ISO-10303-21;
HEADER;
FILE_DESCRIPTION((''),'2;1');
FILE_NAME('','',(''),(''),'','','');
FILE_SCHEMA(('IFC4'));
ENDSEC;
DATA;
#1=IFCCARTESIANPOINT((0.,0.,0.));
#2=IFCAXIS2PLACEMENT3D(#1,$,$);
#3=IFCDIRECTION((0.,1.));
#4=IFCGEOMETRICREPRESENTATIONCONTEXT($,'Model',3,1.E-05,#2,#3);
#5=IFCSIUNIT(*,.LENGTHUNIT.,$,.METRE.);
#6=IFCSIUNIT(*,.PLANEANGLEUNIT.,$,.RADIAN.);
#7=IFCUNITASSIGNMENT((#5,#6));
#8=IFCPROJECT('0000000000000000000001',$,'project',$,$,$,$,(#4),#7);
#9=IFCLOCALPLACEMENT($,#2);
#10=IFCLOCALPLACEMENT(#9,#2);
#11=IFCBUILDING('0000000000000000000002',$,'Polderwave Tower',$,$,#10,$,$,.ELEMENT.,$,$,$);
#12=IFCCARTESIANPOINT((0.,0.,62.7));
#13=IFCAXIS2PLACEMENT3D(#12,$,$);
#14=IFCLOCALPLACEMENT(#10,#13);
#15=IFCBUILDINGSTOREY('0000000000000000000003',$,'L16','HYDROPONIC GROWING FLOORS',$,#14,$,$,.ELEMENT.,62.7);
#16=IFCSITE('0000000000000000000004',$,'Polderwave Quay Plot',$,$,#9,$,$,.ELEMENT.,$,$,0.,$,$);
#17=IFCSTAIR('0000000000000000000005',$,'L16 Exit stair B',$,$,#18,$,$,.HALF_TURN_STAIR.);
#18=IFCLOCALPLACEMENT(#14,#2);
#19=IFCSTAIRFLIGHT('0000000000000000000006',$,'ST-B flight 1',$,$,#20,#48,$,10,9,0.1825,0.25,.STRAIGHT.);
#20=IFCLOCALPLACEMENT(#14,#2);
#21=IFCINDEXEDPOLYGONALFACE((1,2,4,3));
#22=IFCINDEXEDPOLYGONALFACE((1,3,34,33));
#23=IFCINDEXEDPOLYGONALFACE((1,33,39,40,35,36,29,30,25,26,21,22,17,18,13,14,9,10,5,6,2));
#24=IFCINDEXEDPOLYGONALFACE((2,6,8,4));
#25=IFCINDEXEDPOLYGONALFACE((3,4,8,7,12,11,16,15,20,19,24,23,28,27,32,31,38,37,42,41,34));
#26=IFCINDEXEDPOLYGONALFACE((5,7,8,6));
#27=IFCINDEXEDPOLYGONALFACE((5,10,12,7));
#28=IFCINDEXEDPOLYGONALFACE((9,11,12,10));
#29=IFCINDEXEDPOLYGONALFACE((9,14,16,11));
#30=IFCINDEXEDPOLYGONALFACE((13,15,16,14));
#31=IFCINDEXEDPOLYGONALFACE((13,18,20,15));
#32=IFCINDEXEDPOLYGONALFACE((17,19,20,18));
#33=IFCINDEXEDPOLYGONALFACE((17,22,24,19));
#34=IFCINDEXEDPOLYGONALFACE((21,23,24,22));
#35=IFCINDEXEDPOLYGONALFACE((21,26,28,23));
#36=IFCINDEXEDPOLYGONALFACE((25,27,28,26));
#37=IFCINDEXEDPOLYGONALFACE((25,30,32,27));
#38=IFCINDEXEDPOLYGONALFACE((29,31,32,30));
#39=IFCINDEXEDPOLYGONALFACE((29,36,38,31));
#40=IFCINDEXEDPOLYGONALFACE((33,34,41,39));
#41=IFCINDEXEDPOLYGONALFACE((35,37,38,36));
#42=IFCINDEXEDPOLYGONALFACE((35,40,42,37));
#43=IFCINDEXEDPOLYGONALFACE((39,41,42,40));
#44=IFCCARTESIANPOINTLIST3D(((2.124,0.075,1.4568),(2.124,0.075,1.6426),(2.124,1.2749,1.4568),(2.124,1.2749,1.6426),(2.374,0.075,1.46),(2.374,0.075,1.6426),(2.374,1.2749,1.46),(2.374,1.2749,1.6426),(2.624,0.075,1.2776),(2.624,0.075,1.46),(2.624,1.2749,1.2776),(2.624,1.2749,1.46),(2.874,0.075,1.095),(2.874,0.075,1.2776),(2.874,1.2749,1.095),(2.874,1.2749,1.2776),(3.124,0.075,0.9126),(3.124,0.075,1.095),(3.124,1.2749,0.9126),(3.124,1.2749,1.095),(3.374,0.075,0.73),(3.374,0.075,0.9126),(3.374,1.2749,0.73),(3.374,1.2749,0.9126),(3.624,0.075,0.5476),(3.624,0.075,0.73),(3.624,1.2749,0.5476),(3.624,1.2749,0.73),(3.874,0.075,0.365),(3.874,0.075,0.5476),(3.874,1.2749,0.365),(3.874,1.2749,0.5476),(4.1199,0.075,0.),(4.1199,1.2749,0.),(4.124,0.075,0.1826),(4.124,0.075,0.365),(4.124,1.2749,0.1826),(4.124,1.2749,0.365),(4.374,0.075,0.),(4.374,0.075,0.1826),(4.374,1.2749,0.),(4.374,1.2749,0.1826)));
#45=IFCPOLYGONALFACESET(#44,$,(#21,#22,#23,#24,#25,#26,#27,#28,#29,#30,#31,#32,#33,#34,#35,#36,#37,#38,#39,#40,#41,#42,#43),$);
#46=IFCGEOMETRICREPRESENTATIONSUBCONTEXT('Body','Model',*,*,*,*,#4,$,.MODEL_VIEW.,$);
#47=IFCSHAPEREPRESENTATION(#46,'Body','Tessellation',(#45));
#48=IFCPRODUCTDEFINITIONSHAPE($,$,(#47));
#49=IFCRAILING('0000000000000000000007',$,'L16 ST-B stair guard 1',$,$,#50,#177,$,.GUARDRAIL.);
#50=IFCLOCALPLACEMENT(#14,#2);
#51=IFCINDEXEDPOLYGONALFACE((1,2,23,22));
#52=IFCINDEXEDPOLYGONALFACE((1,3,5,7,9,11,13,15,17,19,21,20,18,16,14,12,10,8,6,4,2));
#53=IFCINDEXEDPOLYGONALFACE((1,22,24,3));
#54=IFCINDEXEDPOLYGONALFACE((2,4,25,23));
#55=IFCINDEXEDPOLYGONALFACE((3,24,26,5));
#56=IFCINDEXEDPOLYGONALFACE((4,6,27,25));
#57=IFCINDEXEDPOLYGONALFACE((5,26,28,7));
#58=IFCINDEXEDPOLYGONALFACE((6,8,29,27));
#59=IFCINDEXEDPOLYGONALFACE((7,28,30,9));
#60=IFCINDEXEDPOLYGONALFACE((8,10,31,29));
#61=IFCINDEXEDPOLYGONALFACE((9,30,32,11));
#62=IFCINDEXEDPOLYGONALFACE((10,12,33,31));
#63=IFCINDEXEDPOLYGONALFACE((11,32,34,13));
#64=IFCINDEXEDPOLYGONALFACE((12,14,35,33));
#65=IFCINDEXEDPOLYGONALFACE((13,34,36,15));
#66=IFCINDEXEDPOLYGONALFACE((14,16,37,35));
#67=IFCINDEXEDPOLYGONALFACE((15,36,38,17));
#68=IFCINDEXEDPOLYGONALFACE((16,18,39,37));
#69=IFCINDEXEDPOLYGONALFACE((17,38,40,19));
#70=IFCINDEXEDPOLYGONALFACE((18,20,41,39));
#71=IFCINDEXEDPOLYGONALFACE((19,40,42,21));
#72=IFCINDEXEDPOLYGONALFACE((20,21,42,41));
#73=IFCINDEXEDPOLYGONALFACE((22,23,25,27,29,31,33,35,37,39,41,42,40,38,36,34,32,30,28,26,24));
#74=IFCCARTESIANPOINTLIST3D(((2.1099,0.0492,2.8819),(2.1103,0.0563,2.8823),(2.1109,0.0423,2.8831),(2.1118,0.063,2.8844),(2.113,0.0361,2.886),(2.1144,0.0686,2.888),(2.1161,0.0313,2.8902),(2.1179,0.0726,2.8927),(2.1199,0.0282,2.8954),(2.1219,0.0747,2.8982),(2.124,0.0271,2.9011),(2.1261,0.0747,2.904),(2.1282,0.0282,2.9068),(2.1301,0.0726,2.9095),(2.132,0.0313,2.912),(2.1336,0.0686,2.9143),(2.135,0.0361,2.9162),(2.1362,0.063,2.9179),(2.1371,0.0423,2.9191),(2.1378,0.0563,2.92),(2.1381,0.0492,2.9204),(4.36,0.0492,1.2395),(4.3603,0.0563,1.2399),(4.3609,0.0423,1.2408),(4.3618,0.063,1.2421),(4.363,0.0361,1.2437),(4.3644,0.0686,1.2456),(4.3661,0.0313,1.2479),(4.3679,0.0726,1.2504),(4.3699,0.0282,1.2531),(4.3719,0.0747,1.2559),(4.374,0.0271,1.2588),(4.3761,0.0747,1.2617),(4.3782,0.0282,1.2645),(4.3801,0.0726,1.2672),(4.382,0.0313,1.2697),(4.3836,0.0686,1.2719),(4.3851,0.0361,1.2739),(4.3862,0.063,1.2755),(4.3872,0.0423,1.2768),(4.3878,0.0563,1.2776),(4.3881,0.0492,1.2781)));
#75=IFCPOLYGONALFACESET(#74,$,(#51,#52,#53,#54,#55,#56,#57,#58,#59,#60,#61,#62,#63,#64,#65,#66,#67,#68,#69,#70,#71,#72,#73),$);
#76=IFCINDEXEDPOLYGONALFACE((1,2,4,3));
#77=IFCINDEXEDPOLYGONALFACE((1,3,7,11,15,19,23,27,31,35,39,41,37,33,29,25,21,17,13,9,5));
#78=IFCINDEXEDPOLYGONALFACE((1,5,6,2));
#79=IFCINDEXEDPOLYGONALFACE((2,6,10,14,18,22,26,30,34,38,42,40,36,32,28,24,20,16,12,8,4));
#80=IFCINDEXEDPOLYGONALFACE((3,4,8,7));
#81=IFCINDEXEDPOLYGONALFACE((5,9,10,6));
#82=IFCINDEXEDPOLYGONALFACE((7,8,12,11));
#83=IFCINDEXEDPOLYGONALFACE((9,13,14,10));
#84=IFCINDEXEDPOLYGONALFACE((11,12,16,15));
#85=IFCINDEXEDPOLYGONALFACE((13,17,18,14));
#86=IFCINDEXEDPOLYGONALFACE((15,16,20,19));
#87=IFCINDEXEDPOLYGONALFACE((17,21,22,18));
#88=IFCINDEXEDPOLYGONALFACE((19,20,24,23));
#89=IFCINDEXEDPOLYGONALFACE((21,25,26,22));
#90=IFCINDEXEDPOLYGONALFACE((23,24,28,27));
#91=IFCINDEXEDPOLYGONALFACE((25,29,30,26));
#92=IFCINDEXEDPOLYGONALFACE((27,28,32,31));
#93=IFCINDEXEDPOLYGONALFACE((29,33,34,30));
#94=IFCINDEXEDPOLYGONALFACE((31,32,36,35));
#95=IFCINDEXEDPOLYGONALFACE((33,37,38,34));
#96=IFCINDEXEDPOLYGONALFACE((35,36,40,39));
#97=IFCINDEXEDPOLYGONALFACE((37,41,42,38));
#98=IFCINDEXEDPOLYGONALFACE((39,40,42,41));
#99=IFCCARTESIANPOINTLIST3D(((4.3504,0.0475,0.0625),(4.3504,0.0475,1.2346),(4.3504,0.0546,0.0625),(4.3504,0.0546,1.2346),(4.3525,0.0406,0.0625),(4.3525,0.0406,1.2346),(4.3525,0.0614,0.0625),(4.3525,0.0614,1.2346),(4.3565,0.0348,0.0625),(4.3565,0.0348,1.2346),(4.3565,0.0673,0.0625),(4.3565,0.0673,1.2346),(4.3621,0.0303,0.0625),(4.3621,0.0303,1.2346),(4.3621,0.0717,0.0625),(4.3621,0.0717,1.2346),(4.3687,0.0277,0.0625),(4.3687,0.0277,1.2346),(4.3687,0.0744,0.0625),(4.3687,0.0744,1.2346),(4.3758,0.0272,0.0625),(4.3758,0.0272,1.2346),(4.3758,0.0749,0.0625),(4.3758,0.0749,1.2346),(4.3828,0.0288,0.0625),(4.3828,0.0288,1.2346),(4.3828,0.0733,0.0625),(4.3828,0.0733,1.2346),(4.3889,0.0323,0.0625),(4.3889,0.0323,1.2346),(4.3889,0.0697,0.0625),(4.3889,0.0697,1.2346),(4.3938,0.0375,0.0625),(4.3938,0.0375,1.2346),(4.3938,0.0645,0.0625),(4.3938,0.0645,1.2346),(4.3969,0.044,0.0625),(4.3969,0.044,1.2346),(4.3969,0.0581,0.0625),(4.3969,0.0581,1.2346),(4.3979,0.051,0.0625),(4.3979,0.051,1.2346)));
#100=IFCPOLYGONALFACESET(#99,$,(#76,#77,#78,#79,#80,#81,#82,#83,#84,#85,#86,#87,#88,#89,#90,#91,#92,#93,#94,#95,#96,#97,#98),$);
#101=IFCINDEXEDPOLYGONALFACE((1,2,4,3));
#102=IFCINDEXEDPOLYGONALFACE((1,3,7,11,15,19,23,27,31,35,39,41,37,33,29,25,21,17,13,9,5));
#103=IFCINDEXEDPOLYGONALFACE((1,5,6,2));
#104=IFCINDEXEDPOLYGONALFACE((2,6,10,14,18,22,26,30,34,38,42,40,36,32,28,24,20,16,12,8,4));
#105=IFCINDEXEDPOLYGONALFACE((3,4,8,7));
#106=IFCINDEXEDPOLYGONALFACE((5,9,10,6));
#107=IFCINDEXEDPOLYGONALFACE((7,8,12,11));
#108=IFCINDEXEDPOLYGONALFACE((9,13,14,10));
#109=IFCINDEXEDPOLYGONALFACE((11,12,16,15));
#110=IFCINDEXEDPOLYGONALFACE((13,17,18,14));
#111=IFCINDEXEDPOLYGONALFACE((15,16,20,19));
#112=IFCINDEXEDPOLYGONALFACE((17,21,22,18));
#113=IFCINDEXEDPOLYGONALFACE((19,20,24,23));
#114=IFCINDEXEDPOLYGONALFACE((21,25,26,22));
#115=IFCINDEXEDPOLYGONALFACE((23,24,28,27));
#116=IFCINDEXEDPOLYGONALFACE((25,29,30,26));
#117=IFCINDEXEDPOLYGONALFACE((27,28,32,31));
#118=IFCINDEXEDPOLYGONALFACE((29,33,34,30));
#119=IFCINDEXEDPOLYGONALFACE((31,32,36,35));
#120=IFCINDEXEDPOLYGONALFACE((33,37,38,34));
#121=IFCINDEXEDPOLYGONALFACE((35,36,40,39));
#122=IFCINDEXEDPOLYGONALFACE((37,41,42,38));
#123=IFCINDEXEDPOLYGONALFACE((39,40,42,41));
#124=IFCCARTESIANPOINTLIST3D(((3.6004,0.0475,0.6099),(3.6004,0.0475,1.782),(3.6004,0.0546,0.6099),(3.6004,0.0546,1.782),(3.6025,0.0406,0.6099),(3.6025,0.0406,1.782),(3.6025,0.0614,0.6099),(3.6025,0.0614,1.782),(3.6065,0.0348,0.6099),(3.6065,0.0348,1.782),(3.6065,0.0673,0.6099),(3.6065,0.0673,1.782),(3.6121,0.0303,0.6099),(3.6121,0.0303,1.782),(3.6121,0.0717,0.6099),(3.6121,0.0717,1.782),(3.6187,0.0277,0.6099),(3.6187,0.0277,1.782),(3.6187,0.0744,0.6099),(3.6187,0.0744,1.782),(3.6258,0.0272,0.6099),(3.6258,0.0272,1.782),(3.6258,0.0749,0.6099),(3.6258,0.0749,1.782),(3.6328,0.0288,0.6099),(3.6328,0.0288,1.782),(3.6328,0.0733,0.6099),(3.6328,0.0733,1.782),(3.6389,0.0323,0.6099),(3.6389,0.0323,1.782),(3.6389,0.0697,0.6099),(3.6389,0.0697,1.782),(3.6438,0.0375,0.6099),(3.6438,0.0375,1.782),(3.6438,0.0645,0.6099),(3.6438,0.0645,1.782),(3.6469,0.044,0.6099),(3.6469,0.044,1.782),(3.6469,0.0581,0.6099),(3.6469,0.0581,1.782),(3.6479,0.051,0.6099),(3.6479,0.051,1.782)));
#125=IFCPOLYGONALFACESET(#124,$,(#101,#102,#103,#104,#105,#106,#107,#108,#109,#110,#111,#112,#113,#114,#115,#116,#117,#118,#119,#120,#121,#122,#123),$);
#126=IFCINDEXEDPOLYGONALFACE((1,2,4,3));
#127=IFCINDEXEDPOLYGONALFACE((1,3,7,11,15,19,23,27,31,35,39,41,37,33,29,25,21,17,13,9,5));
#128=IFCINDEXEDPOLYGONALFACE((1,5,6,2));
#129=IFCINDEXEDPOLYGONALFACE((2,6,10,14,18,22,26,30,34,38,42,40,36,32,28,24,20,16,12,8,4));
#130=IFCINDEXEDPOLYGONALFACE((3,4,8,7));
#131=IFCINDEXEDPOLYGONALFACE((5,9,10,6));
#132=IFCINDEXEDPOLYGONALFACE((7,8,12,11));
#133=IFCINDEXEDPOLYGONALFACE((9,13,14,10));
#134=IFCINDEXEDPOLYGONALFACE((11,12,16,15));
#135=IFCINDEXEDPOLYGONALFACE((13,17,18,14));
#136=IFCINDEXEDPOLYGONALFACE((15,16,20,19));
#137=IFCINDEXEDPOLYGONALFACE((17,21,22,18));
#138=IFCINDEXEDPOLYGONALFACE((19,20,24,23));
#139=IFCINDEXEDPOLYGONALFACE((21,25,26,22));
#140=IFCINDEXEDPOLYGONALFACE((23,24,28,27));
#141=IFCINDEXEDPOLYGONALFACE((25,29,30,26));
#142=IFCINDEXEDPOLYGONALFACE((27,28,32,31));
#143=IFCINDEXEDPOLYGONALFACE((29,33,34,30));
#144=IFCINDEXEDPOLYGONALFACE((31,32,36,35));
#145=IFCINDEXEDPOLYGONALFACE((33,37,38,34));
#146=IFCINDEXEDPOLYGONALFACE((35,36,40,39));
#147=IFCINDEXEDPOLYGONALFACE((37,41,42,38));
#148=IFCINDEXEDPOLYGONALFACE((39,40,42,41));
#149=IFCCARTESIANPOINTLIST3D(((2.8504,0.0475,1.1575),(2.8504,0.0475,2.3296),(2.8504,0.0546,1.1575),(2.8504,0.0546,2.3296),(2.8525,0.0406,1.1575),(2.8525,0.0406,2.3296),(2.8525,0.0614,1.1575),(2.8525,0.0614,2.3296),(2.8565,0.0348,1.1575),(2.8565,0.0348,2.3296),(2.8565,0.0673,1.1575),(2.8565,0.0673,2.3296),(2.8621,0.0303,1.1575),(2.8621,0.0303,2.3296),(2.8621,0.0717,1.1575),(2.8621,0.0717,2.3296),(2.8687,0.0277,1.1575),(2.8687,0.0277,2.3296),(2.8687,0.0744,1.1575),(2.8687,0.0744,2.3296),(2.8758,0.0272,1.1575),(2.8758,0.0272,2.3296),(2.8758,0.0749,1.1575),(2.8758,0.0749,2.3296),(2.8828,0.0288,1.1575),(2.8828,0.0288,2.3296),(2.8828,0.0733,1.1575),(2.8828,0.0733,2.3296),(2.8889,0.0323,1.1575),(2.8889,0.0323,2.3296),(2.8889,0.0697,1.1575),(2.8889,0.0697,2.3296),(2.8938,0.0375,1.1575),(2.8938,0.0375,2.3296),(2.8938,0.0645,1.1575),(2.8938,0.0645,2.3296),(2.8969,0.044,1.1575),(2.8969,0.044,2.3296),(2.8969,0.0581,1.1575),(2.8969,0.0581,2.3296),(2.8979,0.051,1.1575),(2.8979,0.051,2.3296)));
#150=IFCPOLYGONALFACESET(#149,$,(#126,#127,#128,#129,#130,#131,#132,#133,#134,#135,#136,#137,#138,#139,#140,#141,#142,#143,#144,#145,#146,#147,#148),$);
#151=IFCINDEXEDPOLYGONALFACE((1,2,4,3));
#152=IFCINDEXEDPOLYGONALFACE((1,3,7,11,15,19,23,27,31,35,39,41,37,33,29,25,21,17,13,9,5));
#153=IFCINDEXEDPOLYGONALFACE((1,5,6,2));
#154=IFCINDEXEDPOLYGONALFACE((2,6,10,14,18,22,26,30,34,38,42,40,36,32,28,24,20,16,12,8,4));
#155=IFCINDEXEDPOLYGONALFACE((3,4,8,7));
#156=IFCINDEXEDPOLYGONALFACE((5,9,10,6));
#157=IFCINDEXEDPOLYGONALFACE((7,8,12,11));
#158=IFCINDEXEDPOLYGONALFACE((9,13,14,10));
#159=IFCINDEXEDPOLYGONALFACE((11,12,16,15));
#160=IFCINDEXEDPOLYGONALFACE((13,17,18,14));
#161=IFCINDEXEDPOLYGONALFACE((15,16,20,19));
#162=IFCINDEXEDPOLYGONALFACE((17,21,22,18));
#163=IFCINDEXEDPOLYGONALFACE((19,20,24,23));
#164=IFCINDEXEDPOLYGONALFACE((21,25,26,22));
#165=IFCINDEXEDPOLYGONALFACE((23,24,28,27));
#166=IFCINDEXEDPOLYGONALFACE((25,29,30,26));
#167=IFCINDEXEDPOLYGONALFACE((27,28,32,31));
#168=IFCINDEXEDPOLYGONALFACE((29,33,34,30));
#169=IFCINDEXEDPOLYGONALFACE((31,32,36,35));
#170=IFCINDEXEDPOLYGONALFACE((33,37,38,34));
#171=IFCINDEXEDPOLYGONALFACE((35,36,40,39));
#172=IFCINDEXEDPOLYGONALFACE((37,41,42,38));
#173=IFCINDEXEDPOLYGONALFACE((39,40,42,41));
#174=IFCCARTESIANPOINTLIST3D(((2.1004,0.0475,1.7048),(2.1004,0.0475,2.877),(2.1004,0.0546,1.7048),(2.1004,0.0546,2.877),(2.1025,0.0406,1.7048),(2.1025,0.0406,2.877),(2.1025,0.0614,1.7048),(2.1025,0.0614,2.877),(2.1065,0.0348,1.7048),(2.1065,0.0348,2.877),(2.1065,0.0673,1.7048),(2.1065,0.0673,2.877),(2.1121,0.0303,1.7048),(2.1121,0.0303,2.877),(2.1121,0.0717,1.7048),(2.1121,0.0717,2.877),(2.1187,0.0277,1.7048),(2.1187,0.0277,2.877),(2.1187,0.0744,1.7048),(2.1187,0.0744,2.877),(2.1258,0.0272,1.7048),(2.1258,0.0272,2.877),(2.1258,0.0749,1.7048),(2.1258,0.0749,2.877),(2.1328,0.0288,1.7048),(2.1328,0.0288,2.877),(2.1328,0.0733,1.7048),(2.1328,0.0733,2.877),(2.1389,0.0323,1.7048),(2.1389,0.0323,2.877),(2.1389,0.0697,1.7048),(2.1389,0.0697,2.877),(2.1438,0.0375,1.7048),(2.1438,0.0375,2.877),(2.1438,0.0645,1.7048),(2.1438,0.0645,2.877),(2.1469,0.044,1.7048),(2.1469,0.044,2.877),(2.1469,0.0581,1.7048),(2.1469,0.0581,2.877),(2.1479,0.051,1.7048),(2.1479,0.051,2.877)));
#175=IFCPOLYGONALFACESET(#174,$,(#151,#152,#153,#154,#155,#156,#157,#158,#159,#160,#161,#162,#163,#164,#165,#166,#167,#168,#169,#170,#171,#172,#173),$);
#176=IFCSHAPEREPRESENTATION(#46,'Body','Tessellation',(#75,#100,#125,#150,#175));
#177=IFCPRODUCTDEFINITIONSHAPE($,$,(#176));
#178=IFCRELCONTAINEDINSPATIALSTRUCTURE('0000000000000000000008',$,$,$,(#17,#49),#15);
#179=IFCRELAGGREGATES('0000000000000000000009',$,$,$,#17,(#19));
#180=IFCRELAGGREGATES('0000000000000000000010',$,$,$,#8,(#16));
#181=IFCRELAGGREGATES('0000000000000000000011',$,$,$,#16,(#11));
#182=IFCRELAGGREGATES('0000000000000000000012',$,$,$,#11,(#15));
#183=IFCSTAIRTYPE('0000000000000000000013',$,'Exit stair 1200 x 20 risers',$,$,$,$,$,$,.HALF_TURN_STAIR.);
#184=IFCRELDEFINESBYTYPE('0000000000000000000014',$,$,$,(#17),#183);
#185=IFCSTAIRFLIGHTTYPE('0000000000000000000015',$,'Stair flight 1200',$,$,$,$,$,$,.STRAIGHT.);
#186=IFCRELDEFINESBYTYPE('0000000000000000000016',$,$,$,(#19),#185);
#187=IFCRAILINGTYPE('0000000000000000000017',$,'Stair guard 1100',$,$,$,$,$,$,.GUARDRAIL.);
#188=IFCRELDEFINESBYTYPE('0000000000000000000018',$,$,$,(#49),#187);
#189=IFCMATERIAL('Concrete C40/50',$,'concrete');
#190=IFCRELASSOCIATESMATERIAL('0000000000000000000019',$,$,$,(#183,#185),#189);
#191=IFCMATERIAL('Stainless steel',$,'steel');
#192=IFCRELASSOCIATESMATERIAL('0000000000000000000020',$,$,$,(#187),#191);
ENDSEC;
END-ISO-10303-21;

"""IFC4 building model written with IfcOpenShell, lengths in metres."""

from ifc_helpers import new_model, si_unit, direction, frame, origin, origin_2d, place, context, subcontext, project, spatial, polyline, circle, outline, extrude, material, type_object, element, aggregate, save


model = new_model("IFC4")

# Units and contexts
model_context = context("Model", 3, precision=1e-05, world=origin(), true_north=direction((0.0, 1.0)))
body_context = subcontext(model_context, "Body", "Model", "MODEL_VIEW")
ifc_project = project(units=[si_unit("LENGTHUNIT", "METRE"), si_unit("PLANEANGLEUNIT", "RADIAN")], contexts=[model_context])

# Site, building, storey
site_placement = place(None, origin())
site = spatial("IfcSite", under=ifc_project, at=site_placement, Name="Polderwave Quay Plot", CompositionType="ELEMENT", RefElevation=0.0)
building_placement = place(site_placement, origin())
building = spatial("IfcBuilding", under=site, at=building_placement, Name="Polderwave Tower", CompositionType="ELEMENT")
storey_placement = place(building_placement, frame((0.0, 0.0, 62.7)))
storey = spatial("IfcBuildingStorey", under=building, at=storey_placement, Name="L16", Description="HYDROPONIC GROWING FLOORS", CompositionType="ELEMENT", Elevation=62.7)

# Stair, stair flight
ifc_material_1 = material(Name="Concrete C40/50", Category="concrete")
stair_type = type_object("IfcStairType", Name="Exit stair 1200 x 20 risers", PredefinedType="HALF_TURN_STAIR", material=ifc_material_1)
stair_placement = place(storey_placement, origin())
stair = element("IfcStair", 1, at=stair_placement, inside=storey, type_object=stair_type, Name="L16 Exit stair B", PredefinedType="HALF_TURN_STAIR")
stair_flight_type = type_object("IfcStairFlightType", Name="Stair flight 1200", PredefinedType="STRAIGHT", material=ifc_material_1)
stair_flight_placement = place(storey_placement, frame((4.374, 0.675, 0.0), z_axis=(0.0, 0.0, 1.0), x_axis=(-1.0, 0.0, 0.0)))
stair_flight = element("IfcStairFlight", 2, at=stair_flight_placement, type_object=stair_flight_type, Name="ST-B flight 1", NumberOfRisers=10, NumberOfTreads=9, PredefinedType="STRAIGHT", RiserHeight=0.1825, TreadLength=0.25, context=body_context, shape_type="SweptSolid", body=[
    extrude(outline(polyline([(0.0, 0.0), (0.0, 0.1826), (0.25, 0.1826), (0.25, 0.365), (0.5, 0.365), (0.5, 0.5476), (0.75, 0.5476), (0.75, 0.73), (1.0, 0.73), (1.0, 0.9126), (1.25, 0.9126), (1.25, 1.095), (1.5, 1.095), (1.5, 1.2776), (1.75, 1.2776), (1.75, 1.46), (2.0, 1.46), (2.0, 1.6426), (2.25, 1.6426), (2.25, 1.825), (2.25, 1.4568), (0.2542, 0.0), (0.0, 0.0)])), frame((0.0, 0.6001, 0.0), z_axis=(0.0, -1.0, 0.0), x_axis=(1.0, 0.0, 0.0)), (0.0, 0.0, 1.0), 1.2),
])
aggregate(stair, [stair_flight])

# Railing
ifc_material_2 = material(Name="Stainless steel", Category="steel")
railing_type_1 = type_object("IfcRailingType", Name="Stair guard 1100", PredefinedType="GUARDRAIL", material=ifc_material_2)
railing_1_placement = place(storey_placement, frame((4.374, 0.051, 0.0625)))
element("IfcRailing", 3, at=railing_1_placement, inside=storey, type_object=railing_type_1, Name="L16 ST-B stair guard 1", PredefinedType="GUARDRAIL", context=body_context, shape_type="SweptSolid", body=[
    extrude(circle(Radius=0.0239, at=origin_2d()), frame((0.0, 0.0, 1.1963), z_axis=(-0.807715, 0.0, 0.589573), x_axis=(0.0, -1.0, 0.0)), (0.0, 0.0, 1.0), 2.7856),
    extrude(circle(Radius=0.0239, at=origin_2d()), origin(), (0.0, 0.0, 1.0), 1.1721),
    extrude(circle(Radius=0.0239, at=origin_2d()), frame((-0.75, 0.0, 0.5474)), (0.0, 0.0, 1.0), 1.1721),
    extrude(circle(Radius=0.0239, at=origin_2d()), frame((-1.5, 0.0, 1.095)), (0.0, 0.0, 1.0), 1.1721),
    extrude(circle(Radius=0.0239, at=origin_2d()), frame((-2.25, 0.0, 1.6423)), (0.0, 0.0, 1.0), 1.1721),
])

save(model, "model.ifc")
